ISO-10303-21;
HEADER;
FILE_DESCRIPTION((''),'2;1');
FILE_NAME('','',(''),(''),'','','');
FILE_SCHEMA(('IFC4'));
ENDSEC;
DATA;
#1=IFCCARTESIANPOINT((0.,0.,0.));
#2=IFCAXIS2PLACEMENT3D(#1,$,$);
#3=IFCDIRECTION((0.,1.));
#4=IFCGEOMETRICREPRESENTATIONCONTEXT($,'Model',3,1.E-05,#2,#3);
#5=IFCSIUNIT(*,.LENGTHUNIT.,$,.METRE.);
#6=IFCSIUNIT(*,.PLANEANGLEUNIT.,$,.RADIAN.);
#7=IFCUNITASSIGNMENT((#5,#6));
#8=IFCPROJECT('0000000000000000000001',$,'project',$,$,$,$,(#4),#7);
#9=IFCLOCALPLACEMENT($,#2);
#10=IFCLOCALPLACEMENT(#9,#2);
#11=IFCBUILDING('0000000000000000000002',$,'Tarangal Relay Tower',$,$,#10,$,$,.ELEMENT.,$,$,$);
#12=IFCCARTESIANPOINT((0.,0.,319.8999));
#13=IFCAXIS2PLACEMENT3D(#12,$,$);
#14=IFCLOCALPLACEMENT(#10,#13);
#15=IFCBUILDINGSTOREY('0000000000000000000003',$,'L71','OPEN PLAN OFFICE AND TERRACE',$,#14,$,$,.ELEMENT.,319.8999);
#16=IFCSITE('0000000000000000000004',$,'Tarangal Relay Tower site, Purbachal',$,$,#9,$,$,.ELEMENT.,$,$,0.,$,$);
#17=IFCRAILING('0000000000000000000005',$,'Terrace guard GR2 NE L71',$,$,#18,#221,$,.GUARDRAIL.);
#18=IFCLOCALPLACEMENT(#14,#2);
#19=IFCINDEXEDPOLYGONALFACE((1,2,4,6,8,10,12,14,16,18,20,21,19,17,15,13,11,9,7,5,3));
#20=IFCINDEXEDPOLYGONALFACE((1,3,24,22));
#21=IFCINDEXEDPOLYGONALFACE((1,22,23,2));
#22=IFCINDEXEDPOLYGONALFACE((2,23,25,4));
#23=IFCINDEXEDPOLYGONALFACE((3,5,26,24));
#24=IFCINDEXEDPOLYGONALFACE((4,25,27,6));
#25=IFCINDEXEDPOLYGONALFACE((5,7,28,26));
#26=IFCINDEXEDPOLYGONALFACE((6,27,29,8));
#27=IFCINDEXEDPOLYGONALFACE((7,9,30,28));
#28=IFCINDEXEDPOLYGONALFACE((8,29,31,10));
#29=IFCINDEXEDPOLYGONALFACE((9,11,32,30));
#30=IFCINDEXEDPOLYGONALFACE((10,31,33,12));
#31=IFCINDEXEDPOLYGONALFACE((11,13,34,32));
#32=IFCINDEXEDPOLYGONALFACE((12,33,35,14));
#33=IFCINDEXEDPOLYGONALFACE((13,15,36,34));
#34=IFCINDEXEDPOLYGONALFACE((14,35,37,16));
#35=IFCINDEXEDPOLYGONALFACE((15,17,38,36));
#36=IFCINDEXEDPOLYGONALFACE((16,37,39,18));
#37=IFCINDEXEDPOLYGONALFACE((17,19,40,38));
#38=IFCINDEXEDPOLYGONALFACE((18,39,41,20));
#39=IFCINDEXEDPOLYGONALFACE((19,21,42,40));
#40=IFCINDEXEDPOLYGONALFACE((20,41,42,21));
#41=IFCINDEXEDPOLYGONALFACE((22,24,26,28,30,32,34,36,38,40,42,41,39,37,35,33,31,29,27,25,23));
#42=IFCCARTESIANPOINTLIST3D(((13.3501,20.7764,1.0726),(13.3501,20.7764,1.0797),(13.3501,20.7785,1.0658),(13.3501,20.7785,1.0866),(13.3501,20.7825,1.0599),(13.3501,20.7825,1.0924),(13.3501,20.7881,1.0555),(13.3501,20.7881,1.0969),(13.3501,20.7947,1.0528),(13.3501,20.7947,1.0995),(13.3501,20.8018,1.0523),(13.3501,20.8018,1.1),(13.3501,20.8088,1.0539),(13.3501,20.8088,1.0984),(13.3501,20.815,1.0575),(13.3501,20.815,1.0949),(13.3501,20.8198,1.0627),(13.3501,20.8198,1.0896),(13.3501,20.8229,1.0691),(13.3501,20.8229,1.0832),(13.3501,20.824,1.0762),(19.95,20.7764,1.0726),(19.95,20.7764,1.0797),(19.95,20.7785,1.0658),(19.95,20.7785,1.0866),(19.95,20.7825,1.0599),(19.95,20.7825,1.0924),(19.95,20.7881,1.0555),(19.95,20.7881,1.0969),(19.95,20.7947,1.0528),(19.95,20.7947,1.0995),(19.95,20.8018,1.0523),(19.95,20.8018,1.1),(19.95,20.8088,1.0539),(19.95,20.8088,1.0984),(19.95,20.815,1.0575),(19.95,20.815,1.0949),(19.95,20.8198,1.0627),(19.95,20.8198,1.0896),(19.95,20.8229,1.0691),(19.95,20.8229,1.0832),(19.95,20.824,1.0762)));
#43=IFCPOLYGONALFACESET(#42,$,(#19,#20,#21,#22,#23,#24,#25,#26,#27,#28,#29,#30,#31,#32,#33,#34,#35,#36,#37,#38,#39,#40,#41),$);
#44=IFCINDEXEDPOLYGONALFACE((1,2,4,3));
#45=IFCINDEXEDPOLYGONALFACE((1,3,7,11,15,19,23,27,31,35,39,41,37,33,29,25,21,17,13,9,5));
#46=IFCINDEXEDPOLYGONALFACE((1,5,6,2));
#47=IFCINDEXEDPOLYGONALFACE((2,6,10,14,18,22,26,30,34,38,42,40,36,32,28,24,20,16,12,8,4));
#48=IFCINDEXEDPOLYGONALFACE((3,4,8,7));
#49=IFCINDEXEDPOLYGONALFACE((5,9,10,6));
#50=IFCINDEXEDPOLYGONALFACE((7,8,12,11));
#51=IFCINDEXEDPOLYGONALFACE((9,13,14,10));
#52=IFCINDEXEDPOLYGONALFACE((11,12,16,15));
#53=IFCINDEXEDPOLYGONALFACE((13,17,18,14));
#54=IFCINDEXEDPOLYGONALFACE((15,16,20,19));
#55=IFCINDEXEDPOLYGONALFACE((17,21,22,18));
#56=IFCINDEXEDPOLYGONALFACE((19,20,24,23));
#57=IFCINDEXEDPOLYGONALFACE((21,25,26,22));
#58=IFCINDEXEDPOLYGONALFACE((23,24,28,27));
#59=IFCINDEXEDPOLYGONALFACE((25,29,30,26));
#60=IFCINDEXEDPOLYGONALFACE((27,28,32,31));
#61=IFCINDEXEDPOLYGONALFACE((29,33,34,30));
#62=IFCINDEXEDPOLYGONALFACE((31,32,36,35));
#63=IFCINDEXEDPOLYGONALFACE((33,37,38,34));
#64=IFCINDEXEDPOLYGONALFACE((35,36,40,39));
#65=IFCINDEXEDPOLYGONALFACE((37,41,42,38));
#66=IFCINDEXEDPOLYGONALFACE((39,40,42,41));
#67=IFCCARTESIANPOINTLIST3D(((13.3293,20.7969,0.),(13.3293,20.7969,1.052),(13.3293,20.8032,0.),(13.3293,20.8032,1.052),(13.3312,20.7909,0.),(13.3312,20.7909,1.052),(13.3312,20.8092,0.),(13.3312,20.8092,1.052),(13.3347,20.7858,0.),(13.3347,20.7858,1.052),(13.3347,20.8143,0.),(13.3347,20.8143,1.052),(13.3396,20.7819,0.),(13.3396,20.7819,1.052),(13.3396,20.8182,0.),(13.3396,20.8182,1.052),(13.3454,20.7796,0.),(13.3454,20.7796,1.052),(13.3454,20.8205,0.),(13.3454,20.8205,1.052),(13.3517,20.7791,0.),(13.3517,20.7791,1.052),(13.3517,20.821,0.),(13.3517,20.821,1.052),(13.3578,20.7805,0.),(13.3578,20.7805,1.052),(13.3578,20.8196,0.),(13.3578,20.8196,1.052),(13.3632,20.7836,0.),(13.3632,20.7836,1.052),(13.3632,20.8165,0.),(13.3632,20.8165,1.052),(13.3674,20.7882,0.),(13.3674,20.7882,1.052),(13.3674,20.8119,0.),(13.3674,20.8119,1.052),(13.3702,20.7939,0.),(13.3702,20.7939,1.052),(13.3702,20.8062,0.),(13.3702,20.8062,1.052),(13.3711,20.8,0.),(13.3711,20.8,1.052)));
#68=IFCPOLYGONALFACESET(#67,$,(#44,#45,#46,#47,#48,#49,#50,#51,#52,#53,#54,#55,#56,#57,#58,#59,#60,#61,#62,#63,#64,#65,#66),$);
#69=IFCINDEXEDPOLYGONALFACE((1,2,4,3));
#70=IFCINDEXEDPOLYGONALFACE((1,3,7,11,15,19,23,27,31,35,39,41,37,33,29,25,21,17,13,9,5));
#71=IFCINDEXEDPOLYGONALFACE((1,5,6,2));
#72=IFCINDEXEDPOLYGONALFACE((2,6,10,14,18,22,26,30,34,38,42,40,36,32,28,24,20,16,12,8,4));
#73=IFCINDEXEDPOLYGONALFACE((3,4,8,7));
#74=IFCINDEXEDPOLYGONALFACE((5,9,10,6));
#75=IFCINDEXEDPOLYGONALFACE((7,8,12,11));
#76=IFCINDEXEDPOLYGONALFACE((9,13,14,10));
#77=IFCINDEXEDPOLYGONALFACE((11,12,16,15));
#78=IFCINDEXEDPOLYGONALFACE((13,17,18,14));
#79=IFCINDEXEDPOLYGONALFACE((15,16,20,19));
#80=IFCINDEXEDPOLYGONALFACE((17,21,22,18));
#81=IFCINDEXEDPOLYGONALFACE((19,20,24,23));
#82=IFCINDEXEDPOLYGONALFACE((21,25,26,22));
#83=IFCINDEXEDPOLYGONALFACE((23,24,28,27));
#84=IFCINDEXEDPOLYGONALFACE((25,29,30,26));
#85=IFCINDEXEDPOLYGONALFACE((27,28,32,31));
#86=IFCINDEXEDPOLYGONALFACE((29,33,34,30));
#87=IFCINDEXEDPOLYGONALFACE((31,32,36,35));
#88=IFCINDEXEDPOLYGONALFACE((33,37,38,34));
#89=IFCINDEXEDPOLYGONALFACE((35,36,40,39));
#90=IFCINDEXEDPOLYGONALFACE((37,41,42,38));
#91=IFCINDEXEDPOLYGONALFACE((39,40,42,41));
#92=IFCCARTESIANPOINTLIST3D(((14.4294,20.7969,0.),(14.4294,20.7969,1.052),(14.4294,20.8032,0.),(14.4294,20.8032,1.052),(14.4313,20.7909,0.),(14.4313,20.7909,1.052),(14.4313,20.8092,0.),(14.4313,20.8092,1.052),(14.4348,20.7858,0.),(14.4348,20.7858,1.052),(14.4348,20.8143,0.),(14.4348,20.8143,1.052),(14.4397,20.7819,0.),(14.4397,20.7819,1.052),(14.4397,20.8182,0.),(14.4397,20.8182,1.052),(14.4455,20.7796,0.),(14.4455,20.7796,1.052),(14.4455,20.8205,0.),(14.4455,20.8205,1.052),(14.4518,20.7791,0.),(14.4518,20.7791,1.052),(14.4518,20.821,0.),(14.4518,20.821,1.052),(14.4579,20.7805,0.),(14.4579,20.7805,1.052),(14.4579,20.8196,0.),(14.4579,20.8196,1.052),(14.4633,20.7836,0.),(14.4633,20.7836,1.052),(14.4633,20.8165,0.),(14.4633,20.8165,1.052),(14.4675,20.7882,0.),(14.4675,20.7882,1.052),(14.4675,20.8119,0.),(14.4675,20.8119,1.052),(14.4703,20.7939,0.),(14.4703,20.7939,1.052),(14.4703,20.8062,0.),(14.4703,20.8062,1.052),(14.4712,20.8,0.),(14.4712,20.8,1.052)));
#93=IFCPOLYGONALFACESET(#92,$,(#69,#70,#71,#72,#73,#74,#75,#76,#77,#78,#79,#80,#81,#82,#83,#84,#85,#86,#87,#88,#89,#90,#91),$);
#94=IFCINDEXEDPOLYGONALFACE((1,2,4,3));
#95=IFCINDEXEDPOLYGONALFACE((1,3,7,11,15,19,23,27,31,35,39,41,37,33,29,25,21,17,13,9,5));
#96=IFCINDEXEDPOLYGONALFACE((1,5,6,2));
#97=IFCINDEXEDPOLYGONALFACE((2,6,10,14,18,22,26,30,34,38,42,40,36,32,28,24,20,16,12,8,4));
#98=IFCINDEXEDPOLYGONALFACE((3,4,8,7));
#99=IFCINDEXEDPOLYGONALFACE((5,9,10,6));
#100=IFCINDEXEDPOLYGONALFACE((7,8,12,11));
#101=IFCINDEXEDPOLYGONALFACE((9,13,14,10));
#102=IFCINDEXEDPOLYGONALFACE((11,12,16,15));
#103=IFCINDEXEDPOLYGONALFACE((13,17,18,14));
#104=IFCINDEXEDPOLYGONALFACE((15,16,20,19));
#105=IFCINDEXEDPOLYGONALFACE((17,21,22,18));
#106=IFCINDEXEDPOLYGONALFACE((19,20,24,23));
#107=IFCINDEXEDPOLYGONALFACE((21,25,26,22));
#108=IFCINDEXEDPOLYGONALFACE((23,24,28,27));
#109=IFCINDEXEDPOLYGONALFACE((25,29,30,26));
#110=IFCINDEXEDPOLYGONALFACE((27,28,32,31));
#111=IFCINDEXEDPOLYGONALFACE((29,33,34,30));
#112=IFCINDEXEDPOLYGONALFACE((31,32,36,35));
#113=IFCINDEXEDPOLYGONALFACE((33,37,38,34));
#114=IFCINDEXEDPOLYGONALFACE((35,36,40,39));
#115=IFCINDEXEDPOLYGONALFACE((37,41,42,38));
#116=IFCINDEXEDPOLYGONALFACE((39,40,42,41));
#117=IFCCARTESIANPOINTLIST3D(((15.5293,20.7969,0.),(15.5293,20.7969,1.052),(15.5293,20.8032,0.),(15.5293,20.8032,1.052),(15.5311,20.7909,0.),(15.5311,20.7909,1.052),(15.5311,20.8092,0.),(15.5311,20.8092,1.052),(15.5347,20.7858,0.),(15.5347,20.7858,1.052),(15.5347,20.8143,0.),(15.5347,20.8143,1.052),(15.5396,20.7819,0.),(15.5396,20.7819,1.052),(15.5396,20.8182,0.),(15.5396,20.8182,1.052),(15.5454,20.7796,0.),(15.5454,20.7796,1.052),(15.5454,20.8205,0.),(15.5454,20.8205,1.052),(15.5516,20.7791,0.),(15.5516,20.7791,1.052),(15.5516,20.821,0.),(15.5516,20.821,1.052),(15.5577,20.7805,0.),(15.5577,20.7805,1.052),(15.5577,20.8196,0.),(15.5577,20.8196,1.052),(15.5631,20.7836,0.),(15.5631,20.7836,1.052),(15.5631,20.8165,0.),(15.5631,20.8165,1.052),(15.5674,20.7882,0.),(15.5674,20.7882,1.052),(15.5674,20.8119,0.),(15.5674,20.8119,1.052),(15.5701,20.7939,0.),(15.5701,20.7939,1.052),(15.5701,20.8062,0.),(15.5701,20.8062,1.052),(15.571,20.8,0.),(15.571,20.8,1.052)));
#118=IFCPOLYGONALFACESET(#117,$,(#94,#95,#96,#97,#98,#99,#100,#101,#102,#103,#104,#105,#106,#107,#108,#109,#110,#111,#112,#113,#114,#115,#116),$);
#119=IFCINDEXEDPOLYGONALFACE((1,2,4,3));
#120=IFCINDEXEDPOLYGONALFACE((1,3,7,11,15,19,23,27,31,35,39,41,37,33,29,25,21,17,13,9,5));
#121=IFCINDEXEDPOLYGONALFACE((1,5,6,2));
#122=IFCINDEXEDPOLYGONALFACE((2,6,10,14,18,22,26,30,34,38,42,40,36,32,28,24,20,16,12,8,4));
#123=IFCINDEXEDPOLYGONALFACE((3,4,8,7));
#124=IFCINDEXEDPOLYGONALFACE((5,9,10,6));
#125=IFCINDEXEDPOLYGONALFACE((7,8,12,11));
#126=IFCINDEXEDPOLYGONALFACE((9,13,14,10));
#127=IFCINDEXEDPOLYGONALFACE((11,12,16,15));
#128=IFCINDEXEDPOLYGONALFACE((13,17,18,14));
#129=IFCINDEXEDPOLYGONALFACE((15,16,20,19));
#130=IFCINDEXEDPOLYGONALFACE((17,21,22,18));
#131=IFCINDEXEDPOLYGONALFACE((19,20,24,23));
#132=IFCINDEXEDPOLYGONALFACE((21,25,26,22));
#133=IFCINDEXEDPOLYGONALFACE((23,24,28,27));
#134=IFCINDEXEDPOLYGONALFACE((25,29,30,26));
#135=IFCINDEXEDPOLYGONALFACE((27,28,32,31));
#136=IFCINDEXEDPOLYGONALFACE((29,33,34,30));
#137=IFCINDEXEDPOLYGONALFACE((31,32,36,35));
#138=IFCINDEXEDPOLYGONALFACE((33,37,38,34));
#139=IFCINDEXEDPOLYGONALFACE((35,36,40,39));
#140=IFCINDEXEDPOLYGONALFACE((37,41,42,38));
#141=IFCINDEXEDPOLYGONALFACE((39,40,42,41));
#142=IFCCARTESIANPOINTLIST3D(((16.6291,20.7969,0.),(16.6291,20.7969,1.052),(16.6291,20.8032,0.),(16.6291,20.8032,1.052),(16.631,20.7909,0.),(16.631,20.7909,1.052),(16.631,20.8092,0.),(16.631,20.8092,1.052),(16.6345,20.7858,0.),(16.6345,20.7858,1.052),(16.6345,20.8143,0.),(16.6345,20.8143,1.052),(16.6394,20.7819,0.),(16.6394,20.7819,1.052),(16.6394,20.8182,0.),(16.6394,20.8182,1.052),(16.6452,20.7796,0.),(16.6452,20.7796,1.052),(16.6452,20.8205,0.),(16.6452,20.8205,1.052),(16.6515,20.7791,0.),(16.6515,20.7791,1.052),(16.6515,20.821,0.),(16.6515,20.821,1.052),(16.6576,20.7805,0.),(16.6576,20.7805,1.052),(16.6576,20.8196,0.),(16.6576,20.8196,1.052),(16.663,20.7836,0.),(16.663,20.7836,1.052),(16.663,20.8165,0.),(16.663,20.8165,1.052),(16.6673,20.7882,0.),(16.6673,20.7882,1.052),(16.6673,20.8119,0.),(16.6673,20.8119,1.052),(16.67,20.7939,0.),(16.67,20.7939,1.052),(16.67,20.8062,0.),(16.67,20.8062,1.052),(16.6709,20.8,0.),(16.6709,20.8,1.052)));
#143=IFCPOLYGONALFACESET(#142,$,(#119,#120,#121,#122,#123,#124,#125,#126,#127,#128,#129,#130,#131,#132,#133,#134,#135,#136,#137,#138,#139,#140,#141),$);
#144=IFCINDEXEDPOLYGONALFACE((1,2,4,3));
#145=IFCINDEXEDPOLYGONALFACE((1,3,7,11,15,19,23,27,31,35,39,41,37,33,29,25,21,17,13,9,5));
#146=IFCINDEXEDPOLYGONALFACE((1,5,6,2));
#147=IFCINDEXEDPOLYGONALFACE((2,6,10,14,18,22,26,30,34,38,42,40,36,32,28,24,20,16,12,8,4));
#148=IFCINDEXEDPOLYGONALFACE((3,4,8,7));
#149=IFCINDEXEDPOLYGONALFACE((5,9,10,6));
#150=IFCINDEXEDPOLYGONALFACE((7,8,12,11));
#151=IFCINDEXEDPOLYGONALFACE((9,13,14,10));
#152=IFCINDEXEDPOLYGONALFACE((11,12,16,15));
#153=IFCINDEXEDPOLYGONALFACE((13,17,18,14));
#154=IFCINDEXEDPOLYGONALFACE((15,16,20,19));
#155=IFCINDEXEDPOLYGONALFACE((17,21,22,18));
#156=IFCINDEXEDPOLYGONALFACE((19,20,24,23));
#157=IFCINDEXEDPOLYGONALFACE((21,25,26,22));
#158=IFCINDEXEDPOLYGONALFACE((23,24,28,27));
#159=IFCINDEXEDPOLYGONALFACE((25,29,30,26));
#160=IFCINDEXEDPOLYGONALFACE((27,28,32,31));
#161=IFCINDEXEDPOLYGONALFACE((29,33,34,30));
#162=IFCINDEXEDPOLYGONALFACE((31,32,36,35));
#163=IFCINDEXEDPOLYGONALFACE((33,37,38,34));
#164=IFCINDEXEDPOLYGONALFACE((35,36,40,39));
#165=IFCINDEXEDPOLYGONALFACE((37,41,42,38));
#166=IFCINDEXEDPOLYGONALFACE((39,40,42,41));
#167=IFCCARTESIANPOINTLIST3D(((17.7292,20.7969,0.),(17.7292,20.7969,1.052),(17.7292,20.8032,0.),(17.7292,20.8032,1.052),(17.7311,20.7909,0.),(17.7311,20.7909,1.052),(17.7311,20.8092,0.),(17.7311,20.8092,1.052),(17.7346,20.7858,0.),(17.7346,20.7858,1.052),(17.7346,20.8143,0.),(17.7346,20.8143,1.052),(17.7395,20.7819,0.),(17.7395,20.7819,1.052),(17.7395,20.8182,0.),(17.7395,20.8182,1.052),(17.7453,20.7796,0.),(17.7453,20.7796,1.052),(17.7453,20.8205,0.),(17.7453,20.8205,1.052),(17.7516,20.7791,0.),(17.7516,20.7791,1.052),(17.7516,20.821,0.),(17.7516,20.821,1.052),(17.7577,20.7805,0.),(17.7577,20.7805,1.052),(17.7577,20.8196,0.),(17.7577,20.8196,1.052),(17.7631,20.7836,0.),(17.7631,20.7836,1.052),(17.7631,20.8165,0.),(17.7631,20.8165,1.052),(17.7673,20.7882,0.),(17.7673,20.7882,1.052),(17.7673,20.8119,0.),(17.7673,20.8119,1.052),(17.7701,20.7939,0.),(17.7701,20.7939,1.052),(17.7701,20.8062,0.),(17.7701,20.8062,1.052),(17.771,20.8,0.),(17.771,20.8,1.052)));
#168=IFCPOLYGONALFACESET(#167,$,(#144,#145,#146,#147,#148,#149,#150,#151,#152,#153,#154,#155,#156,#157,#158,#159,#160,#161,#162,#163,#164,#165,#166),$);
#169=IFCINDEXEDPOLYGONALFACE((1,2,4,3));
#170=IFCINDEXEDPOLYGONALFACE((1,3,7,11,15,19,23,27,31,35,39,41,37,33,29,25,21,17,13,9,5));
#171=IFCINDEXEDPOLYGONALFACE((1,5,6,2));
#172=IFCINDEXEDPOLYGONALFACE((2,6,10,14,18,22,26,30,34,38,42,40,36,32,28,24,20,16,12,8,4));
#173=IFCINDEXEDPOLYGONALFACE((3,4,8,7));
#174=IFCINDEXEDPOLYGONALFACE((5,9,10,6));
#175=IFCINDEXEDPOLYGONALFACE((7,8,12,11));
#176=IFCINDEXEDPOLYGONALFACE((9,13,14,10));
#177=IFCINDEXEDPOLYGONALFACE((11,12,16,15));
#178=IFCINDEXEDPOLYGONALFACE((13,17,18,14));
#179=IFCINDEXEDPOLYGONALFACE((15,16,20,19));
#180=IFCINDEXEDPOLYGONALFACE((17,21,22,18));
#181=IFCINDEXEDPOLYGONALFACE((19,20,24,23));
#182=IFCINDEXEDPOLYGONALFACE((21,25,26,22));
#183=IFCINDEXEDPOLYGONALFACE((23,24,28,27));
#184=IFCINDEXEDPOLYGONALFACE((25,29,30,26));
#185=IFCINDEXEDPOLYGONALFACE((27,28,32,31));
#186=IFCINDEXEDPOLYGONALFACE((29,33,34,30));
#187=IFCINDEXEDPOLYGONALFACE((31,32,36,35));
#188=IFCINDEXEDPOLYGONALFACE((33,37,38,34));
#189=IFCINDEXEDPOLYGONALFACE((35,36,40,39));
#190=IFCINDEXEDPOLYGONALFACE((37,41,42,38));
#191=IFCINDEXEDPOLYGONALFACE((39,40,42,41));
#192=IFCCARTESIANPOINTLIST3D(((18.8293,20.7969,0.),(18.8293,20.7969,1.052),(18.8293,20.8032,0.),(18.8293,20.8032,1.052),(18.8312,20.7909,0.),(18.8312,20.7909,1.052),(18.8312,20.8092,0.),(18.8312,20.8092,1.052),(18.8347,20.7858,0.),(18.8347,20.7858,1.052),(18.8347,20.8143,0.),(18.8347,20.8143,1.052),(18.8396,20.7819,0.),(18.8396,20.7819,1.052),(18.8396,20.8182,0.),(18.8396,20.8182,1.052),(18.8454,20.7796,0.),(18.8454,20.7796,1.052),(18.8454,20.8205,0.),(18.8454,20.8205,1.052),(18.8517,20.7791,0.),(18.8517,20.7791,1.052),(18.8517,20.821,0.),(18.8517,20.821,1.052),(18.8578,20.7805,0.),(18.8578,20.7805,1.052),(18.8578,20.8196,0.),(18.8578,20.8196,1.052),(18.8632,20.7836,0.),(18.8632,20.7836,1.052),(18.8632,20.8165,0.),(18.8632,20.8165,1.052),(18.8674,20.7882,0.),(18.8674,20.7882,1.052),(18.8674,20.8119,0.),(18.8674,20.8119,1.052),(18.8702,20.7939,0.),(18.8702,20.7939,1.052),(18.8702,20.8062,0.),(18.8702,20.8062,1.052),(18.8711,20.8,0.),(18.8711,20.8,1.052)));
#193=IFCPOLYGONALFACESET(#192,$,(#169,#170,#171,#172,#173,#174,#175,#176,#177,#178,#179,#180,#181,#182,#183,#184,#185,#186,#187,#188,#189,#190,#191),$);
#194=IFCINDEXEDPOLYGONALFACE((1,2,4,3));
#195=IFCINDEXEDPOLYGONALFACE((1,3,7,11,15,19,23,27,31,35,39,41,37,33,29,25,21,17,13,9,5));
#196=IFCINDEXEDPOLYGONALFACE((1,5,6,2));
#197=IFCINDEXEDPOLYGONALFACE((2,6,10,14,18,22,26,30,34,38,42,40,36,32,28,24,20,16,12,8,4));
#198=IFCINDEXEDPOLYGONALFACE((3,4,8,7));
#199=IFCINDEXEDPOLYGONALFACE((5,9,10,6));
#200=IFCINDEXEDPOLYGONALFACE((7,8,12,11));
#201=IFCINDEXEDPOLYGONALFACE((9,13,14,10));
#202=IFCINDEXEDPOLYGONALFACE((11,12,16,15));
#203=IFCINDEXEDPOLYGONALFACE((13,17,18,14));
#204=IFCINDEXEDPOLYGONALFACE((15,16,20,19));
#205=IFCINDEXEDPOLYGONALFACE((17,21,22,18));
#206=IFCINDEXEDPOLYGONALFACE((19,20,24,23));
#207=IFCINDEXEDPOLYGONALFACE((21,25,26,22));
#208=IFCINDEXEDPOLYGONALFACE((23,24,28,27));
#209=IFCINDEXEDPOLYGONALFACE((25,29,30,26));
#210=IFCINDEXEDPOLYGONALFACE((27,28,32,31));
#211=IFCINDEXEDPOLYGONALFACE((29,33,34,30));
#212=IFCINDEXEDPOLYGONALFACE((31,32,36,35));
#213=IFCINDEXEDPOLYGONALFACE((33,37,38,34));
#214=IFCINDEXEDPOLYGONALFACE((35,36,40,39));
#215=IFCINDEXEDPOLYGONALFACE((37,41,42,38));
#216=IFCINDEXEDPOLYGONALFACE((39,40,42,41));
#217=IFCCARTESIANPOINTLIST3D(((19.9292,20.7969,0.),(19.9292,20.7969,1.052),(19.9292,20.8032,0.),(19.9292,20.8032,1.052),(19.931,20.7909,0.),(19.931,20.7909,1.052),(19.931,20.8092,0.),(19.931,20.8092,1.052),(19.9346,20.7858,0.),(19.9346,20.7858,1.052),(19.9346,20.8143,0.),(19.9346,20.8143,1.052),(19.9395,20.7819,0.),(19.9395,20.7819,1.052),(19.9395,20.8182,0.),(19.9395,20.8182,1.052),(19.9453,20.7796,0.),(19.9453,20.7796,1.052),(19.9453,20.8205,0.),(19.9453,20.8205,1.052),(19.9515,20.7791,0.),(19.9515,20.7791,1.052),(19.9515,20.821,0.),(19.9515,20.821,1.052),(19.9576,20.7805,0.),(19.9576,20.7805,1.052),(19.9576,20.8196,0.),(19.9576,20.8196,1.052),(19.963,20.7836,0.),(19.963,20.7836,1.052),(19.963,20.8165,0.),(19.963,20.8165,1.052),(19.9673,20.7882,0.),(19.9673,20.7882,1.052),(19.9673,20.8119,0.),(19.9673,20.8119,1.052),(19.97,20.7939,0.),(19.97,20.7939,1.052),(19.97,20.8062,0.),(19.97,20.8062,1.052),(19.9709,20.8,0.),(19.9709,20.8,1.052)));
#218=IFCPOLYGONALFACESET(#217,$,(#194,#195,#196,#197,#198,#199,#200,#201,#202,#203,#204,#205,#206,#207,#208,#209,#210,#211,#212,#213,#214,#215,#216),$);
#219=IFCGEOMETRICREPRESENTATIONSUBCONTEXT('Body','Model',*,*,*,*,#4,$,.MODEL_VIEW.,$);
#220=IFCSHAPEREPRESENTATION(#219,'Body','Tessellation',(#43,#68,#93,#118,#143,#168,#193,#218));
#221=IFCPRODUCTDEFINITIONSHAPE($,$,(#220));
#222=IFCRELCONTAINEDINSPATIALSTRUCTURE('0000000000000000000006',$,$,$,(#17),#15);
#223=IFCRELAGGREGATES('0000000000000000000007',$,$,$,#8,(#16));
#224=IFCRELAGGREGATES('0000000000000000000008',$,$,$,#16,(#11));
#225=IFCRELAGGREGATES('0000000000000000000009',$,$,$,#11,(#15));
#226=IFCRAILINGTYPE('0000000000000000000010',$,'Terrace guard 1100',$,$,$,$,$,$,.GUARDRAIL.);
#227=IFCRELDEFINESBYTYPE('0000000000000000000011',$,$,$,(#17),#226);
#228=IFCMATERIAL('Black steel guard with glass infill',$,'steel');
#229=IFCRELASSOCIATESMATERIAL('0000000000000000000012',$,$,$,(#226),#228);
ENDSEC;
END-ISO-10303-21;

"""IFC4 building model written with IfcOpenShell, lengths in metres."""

from ifc_helpers import new_model, si_unit, direction, frame, origin, origin_2d, place, context, subcontext, project, spatial, circle, extrude, material, type_object, element, save


model = new_model("IFC4")

# Units and contexts
model_context = context("Model", 3, precision=1e-05, world=origin(), true_north=direction((0.0, 1.0)))
body_context = subcontext(model_context, "Body", "Model", "MODEL_VIEW")
ifc_project = project(units=[si_unit("LENGTHUNIT", "METRE"), si_unit("PLANEANGLEUNIT", "RADIAN")], contexts=[model_context])

# Site, building, storey
site_placement = place(None, origin())
site = spatial("IfcSite", under=ifc_project, at=site_placement, Name="Tarangal Relay Tower site, Purbachal", CompositionType="ELEMENT", RefElevation=0.0)
building_placement = place(site_placement, origin())
building = spatial("IfcBuilding", under=site, at=building_placement, Name="Tarangal Relay Tower", CompositionType="ELEMENT")
storey_placement = place(building_placement, frame((0.0, 0.0, 319.8999)))
storey = spatial("IfcBuildingStorey", under=building, at=storey_placement, Name="L71", Description="OPEN PLAN OFFICE AND TERRACE", CompositionType="ELEMENT", Elevation=319.8999)

# Railing
ifc_material_1 = material(Name="Black steel guard with glass infill", Category="steel")
railing_type = type_object("IfcRailingType", Name="Terrace guard 1100", PredefinedType="GUARDRAIL", material=ifc_material_1)
railing_1_placement = place(storey_placement, frame((13.3501, 20.8, 0.0)))
element("IfcRailing", 1, at=railing_1_placement, inside=storey, type_object=railing_type, Name="Terrace guard GR2 NE L71", PredefinedType="GUARDRAIL", context=body_context, shape_type="SweptSolid", body=[
    extrude(circle(Radius=0.0239, at=origin_2d()), frame((0.0, 0.0, 1.0762), z_axis=(1.0, 0.0, 0.0), x_axis=(0.0, 1.0, 0.0)), (0.0, 0.0, 1.0), 6.5999),
    extrude(circle(Radius=0.021, at=origin_2d()), origin(), (0.0, 0.0, 1.0), 1.052),
    extrude(circle(Radius=0.021, at=origin_2d()), frame((1.1001, 0.0, 0.0)), (0.0, 0.0, 1.0), 1.052),
    extrude(circle(Radius=0.021, at=origin_2d()), frame((2.2, 0.0, 0.0)), (0.0, 0.0, 1.0), 1.052),
    extrude(circle(Radius=0.021, at=origin_2d()), frame((3.2998, 0.0, 0.0)), (0.0, 0.0, 1.0), 1.052),
    extrude(circle(Radius=0.021, at=origin_2d()), frame((4.3999, 0.0, 0.0)), (0.0, 0.0, 1.0), 1.052),
    extrude(circle(Radius=0.021, at=origin_2d()), frame((5.5, 0.0, 0.0)), (0.0, 0.0, 1.0), 1.052),
    extrude(circle(Radius=0.021, at=origin_2d()), frame((6.5999, 0.0, 0.0)), (0.0, 0.0, 1.0), 1.052),
])

save(model, "model.ifc")
